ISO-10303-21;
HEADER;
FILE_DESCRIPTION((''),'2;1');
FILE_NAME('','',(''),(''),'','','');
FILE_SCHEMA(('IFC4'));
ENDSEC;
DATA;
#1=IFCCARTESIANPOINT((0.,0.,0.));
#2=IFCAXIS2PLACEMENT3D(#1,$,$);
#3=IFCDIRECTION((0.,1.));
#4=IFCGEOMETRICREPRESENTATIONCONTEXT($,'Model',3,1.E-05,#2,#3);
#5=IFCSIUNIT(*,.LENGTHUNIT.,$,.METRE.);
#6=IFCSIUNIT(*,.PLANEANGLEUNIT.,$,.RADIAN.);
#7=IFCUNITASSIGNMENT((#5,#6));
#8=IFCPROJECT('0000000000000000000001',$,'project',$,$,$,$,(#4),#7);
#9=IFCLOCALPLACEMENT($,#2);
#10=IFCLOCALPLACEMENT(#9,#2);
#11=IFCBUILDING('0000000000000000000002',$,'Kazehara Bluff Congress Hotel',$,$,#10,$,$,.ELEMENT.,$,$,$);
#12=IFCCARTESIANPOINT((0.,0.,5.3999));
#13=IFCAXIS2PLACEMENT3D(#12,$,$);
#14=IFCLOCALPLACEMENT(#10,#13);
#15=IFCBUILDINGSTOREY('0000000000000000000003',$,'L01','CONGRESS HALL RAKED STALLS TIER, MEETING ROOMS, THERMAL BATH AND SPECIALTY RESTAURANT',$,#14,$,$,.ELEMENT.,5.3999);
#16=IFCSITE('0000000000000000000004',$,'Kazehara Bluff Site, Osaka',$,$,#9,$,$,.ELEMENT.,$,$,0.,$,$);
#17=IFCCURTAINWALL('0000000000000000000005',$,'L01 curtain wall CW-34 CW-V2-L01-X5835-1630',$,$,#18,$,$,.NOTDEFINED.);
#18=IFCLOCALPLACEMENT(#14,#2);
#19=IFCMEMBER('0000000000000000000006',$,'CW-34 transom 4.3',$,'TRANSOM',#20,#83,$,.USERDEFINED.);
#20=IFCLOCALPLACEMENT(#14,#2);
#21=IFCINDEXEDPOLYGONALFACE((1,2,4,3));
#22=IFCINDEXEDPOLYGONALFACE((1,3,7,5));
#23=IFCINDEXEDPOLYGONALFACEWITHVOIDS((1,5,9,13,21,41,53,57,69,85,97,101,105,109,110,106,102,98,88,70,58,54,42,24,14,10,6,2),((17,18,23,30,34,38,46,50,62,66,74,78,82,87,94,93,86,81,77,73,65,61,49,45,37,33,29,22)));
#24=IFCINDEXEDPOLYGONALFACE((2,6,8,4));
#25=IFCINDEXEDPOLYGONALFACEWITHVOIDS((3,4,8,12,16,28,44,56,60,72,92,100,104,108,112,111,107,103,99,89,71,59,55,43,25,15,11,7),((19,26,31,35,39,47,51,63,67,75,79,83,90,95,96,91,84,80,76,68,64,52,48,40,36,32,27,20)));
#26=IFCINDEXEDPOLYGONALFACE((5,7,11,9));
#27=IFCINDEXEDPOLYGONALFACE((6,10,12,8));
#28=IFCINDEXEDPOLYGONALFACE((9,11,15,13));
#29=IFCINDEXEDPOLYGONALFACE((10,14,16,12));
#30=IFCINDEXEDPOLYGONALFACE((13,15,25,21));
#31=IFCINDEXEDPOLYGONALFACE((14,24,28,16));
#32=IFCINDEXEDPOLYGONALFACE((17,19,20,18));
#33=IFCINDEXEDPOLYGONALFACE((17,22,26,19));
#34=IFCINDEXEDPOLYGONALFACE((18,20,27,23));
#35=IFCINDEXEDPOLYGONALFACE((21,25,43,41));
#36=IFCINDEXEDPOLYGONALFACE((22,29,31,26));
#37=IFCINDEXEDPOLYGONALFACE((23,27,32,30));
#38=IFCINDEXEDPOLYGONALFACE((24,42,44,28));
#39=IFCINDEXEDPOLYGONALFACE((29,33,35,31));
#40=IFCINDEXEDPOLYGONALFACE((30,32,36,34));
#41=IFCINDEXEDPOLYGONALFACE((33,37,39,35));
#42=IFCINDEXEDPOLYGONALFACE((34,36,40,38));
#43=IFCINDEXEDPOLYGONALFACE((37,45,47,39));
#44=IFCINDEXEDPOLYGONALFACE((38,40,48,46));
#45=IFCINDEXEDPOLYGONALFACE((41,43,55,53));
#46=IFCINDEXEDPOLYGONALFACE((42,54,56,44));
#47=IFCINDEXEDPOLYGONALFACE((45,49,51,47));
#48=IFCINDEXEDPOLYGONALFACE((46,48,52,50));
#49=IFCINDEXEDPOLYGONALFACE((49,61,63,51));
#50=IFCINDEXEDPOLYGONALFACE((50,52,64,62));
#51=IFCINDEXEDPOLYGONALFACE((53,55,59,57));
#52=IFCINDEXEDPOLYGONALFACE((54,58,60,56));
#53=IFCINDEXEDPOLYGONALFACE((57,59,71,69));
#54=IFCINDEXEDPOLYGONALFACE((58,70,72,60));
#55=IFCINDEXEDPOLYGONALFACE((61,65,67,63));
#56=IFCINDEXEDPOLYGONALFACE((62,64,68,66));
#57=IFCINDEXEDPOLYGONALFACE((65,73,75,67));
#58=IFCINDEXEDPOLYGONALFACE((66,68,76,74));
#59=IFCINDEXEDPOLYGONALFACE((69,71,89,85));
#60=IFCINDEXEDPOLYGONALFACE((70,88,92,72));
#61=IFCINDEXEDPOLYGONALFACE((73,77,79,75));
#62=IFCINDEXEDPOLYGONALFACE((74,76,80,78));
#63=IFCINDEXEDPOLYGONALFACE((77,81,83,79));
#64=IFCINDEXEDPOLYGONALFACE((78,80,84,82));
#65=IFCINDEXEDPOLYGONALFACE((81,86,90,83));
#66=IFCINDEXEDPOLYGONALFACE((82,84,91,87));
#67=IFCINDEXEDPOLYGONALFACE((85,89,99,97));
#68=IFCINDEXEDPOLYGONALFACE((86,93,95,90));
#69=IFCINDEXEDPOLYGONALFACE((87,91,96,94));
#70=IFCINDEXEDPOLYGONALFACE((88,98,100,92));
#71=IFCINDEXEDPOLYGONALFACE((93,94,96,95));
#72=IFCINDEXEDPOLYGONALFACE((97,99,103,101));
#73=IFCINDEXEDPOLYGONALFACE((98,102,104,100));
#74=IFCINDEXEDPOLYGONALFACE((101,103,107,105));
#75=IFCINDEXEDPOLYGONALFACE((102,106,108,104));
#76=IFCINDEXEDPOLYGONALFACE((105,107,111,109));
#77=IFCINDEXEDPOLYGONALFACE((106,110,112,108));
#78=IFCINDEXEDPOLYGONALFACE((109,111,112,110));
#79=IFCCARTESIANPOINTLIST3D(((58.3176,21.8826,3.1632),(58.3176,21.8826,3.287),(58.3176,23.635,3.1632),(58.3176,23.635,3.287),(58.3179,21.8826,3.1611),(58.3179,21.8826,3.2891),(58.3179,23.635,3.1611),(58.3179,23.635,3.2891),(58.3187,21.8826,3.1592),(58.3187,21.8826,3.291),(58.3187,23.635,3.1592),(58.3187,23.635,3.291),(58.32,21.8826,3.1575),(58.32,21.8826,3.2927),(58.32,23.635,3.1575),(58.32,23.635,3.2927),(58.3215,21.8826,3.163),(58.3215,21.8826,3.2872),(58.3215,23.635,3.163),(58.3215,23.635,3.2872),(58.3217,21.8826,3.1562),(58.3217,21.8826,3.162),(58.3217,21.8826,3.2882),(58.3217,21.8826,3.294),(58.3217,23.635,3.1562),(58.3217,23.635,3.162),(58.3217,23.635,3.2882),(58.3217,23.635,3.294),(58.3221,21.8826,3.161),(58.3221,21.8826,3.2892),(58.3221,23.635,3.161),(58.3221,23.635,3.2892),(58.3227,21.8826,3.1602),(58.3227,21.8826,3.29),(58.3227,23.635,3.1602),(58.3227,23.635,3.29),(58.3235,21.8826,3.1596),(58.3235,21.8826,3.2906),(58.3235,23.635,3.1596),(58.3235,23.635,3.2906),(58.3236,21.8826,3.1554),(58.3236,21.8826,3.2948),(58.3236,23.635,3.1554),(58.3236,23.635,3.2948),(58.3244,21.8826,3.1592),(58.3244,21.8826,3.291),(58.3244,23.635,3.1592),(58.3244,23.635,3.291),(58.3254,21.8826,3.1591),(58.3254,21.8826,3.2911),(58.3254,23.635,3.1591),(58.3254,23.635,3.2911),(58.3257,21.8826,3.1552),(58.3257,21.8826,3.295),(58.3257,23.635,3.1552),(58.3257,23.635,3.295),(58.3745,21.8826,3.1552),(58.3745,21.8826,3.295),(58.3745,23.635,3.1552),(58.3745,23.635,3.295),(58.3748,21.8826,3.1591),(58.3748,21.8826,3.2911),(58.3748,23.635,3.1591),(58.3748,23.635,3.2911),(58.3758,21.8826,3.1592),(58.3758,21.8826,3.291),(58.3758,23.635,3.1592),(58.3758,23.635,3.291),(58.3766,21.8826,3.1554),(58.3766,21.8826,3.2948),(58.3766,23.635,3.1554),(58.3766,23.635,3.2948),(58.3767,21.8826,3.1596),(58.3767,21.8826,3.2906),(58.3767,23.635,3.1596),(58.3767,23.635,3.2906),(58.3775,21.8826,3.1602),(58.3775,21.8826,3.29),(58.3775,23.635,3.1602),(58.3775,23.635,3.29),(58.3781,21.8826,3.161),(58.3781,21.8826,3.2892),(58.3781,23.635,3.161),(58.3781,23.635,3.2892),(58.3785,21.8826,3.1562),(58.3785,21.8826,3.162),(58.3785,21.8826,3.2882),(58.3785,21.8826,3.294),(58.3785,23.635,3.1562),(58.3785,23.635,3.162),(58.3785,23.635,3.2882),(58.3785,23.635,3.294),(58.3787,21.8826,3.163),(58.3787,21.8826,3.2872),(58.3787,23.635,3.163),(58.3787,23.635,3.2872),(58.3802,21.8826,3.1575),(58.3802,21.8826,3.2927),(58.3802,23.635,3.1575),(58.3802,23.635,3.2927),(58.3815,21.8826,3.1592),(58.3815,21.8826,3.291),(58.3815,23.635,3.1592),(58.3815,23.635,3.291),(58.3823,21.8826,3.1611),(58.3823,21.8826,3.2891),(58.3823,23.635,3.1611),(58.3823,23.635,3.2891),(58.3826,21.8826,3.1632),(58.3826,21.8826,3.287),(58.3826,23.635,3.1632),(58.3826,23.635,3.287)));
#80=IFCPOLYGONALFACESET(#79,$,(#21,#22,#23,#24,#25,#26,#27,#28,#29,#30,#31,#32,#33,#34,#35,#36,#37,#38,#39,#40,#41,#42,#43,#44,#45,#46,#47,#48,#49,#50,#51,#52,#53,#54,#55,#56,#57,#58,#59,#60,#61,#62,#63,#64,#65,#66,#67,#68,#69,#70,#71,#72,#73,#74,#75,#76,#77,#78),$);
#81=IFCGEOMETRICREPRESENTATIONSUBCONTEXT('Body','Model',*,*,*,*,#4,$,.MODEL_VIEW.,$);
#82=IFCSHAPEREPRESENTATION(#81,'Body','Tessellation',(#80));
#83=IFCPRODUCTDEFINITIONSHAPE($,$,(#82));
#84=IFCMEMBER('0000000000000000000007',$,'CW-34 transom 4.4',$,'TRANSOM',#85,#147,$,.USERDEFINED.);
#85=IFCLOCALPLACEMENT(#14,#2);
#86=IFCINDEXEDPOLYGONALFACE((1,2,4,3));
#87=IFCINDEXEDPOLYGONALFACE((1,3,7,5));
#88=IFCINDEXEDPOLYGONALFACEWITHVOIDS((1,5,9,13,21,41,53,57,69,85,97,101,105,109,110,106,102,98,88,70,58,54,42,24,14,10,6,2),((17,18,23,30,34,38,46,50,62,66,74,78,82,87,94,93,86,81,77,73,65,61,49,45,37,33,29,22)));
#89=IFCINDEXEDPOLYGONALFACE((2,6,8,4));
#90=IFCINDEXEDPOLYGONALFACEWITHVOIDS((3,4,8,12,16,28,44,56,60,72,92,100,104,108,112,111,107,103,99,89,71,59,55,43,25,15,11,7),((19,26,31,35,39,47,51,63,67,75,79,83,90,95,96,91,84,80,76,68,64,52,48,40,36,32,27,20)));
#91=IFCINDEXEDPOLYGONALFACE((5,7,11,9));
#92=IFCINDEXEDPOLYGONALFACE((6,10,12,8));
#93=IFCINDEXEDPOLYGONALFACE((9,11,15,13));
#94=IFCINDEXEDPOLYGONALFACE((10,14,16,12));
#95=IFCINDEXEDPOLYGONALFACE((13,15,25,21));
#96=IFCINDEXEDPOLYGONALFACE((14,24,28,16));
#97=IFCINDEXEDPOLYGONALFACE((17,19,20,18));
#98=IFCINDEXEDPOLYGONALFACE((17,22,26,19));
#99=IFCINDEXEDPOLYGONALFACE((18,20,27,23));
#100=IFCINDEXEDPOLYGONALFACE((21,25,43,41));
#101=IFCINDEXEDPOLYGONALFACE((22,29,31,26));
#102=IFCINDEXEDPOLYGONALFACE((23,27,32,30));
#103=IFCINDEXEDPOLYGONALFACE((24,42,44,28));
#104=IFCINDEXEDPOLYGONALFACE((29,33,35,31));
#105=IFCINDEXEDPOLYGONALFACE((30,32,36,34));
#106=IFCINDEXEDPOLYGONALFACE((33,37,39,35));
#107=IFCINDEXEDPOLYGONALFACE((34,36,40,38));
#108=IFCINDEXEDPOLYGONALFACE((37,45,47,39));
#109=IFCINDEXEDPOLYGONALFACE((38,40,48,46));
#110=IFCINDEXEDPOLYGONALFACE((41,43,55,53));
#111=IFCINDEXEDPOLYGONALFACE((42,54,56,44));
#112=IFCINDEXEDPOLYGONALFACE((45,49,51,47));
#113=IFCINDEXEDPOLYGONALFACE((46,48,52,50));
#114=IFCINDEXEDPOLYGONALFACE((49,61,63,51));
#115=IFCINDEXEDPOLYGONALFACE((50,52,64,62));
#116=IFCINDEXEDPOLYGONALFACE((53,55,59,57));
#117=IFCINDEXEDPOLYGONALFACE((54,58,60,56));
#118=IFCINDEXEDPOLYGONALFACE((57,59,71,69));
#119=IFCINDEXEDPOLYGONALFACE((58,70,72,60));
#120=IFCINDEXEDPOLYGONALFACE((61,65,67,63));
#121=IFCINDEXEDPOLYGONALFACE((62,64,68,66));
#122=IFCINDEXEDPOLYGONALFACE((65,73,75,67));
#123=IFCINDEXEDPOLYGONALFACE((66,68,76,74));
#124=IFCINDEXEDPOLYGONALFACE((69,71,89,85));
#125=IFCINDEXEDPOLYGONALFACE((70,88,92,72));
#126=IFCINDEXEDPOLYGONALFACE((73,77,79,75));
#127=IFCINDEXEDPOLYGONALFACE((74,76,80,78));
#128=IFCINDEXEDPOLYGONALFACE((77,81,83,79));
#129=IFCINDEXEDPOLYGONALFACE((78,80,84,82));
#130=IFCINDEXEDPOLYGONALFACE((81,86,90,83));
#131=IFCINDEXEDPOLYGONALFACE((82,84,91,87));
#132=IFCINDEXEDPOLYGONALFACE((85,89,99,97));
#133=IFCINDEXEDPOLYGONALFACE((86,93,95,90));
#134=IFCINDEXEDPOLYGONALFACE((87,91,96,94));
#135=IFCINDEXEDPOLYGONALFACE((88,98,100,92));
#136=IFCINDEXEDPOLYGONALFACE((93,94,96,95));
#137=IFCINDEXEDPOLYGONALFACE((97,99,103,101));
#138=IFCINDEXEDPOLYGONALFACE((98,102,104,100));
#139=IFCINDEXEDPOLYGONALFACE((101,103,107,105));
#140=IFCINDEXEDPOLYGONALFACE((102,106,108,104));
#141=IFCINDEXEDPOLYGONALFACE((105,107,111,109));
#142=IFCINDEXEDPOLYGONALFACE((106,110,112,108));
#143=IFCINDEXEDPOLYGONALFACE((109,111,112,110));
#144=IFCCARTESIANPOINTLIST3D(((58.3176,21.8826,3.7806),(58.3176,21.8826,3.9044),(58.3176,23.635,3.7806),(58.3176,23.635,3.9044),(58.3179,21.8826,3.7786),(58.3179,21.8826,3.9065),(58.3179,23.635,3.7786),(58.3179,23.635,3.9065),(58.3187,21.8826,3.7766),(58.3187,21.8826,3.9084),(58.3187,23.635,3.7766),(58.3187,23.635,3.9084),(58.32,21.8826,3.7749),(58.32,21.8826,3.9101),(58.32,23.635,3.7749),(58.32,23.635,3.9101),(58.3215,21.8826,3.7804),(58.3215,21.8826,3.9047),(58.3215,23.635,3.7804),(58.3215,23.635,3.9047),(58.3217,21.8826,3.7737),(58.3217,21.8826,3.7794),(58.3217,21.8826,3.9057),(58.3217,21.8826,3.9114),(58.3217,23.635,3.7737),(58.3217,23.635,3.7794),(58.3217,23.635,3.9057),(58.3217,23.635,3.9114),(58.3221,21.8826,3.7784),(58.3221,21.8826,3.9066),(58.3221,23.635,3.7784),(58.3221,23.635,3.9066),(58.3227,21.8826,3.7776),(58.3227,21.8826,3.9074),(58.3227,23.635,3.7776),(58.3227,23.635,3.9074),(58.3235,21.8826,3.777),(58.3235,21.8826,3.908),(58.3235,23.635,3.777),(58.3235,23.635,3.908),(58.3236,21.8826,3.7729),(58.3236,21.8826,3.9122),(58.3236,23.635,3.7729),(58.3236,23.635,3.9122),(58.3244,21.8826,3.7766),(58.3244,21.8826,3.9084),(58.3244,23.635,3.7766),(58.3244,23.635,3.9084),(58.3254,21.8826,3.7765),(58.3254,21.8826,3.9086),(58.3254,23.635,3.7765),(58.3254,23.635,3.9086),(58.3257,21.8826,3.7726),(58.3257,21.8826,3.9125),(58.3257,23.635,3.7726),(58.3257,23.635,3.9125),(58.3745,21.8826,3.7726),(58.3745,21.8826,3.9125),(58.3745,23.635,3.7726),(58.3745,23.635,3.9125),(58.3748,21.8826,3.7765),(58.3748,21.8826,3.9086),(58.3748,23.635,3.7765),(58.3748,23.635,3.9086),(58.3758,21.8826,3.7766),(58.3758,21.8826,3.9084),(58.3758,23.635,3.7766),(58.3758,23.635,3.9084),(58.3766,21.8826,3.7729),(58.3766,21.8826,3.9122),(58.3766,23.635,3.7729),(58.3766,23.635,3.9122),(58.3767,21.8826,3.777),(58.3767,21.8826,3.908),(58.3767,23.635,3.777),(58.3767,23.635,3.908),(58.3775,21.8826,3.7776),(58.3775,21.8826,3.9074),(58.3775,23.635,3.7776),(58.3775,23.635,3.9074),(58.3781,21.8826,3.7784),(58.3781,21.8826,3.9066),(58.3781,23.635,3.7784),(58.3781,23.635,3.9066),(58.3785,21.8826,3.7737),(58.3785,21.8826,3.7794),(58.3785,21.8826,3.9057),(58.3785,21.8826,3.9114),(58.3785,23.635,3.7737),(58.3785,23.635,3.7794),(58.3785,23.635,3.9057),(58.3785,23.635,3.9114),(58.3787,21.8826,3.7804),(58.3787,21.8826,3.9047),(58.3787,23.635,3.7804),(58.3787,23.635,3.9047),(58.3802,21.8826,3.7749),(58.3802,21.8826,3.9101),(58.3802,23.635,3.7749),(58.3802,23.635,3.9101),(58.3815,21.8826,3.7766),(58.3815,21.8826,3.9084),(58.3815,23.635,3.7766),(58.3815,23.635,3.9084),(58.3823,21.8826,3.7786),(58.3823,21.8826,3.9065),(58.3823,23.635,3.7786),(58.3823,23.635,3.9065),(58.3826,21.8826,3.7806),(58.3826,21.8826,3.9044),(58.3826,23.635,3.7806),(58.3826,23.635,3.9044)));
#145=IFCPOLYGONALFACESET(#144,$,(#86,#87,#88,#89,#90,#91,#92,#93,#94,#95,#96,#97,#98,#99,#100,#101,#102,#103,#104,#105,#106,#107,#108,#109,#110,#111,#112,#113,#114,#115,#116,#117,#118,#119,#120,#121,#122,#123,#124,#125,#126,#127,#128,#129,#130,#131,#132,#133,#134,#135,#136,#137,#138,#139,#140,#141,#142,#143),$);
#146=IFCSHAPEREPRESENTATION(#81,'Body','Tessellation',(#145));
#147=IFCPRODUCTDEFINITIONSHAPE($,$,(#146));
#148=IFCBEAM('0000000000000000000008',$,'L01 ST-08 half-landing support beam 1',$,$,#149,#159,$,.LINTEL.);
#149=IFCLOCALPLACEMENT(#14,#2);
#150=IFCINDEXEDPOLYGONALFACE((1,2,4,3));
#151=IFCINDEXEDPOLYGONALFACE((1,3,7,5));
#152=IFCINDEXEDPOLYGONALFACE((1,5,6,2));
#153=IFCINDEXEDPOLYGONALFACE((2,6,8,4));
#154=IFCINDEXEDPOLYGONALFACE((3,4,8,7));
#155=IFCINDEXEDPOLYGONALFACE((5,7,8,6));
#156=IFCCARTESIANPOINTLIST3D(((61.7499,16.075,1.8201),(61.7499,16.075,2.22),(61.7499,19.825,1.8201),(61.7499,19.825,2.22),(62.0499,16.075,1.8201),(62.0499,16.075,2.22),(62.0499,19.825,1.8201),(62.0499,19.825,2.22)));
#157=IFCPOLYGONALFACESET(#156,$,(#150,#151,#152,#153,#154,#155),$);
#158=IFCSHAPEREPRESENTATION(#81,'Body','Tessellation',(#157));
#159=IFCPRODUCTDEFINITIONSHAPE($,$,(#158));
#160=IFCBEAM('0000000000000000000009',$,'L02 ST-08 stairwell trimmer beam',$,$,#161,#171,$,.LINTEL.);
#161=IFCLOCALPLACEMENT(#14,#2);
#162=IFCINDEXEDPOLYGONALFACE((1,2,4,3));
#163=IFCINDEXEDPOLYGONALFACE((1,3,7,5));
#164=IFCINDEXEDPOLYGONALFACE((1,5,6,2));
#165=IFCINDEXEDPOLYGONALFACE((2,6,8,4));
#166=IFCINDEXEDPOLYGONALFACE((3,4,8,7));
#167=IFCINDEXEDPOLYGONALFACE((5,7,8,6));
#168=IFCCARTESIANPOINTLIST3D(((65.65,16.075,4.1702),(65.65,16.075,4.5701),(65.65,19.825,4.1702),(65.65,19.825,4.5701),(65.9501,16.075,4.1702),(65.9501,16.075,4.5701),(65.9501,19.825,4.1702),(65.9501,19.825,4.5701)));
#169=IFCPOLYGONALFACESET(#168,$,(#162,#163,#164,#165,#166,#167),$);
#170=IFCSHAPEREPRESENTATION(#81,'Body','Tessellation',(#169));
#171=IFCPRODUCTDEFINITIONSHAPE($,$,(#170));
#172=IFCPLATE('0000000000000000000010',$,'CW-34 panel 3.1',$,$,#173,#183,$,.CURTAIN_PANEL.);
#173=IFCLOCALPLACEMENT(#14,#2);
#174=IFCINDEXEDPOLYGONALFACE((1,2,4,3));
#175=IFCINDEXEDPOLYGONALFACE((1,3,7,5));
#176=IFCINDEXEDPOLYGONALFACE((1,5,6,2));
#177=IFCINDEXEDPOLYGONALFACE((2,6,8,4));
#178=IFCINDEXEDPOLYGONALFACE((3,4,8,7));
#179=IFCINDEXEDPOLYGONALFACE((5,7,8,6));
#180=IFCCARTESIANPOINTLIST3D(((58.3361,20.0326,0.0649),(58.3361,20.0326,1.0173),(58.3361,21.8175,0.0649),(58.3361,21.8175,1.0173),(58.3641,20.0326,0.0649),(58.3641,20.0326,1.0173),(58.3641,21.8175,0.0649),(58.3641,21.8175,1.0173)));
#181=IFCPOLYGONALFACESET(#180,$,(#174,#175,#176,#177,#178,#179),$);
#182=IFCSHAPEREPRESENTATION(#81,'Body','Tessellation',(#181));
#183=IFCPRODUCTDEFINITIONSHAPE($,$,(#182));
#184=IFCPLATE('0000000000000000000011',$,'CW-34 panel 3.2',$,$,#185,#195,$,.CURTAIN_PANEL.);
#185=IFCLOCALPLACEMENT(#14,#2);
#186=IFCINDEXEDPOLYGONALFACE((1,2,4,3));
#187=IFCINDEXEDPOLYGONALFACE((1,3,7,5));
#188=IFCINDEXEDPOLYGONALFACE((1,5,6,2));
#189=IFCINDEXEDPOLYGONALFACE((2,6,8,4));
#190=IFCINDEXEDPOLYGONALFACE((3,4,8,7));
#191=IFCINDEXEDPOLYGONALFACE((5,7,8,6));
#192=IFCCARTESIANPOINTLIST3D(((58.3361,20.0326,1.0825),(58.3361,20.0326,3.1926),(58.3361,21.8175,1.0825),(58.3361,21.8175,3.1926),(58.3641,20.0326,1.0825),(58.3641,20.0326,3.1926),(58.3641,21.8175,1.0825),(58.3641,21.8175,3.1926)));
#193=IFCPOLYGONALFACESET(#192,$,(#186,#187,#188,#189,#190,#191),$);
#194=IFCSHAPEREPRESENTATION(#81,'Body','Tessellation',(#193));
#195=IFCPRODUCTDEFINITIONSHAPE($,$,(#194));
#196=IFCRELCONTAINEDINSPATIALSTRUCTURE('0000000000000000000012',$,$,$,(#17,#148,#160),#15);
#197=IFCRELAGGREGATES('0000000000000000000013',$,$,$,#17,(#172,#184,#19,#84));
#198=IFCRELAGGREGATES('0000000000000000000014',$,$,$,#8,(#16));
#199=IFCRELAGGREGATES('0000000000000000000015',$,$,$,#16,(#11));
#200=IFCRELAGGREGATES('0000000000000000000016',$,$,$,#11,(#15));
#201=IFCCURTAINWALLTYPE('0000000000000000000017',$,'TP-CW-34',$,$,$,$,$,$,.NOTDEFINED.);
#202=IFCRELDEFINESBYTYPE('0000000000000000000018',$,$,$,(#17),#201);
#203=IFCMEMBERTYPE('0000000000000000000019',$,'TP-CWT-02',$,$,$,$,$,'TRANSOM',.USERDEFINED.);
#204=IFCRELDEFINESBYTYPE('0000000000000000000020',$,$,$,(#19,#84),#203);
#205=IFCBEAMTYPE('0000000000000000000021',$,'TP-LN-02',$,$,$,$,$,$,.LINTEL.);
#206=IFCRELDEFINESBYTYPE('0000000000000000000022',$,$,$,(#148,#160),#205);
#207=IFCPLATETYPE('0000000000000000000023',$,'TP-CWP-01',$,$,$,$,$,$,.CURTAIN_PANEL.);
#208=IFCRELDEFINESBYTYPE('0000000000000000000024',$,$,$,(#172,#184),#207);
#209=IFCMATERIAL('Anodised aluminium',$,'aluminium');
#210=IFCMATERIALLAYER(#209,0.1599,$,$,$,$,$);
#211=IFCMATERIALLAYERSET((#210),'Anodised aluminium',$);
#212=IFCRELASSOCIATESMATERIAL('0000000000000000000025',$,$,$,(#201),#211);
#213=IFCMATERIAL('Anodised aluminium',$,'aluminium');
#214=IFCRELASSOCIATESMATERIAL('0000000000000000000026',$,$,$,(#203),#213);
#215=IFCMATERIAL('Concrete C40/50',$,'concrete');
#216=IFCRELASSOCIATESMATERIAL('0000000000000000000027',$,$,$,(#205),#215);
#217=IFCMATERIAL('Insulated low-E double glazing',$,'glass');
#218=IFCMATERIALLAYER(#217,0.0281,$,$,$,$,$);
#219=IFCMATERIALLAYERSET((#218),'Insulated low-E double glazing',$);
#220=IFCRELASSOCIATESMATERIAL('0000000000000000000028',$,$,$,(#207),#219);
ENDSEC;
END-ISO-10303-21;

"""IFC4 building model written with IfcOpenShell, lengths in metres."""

from ifc_helpers import new_model, si_unit, direction, frame, origin, origin_2d, place, context, subcontext, project, spatial, rectangle, hollow_rectangle, extrude, material, layer, layer_set, material_profile, profile_set, type_object, element, aggregate, save


model = new_model("IFC4")

# Units and contexts
model_context = context("Model", 3, precision=1e-05, world=origin(), true_north=direction((0.0, 1.0)))
body_context = subcontext(model_context, "Body", "Model", "MODEL_VIEW")
ifc_project = project(units=[si_unit("LENGTHUNIT", "METRE"), si_unit("PLANEANGLEUNIT", "RADIAN")], contexts=[model_context])

# Site, building, storey
site_placement = place(None, origin())
site = spatial("IfcSite", under=ifc_project, at=site_placement, Name="Kazehara Bluff Site, Osaka", CompositionType="ELEMENT", RefElevation=0.0)
building_placement = place(site_placement, origin())
building = spatial("IfcBuilding", under=site, at=building_placement, Name="Kazehara Bluff Congress Hotel", CompositionType="ELEMENT")
storey_placement = place(building_placement, frame((0.0, 0.0, 5.3999)))
storey = spatial("IfcBuildingStorey", under=building, at=storey_placement, Name="L01", Description="CONGRESS HALL RAKED STALLS TIER, MEETING ROOMS, THERMAL BATH AND SPECIALTY RESTAURANT", CompositionType="ELEMENT", Elevation=5.3999)

# Curtain wall, members
ifc_material_1 = material(Name="Anodised aluminium", Category="aluminium")
ifc_layer_1 = layer(ifc_material_1, 0.1599)
ifc_layer_set_1 = layer_set([ifc_layer_1], Name="Anodised aluminium")
curtain_wall_type = type_object("IfcCurtainWallType", Name="TP-CW-34", PredefinedType="NOTDEFINED", material=ifc_layer_set_1)
curtain_wall_placement = place(storey_placement, origin())
curtain_wall = element("IfcCurtainWall", 1, at=curtain_wall_placement, inside=storey, type_object=curtain_wall_type, Name="L01 curtain wall CW-34 CW-V2-L01-X5835-1630", PredefinedType="NOTDEFINED")
ifc_material_2 = material(Name="Anodised aluminium", Category="aluminium")
ifc_material_profile_1 = material_profile(ifc_material_2, hollow_rectangle(XDim=0.0649, YDim=0.1399, WallThickness=0.0039, InnerFilletRadius=0.0039, OuterFilletRadius=0.0081, at=origin_2d()))
ifc_profile_set_1 = profile_set([ifc_material_profile_1], Name="Anodised aluminium")
member_type_1 = type_object("IfcMemberType", Name="TP-CWT-02", ElementType="TRANSOM", PredefinedType="USERDEFINED", material=ifc_profile_set_1)
member_1_placement = place(storey_placement, frame((58.3501, 21.8826, 3.2251), z_axis=(0.0, 1.0, 0.0), x_axis=(-1.0, 0.0, 0.0)))
member_1 = element("IfcMember", 2, at=member_1_placement, type_object=member_type_1, Name="CW-34 transom 4.3", ObjectType="TRANSOM", PredefinedType="USERDEFINED", context=body_context, shape_type="SweptSolid", body=[
    extrude(hollow_rectangle(XDim=0.0649, YDim=0.1399, WallThickness=0.0039, InnerFilletRadius=0.0039, OuterFilletRadius=0.0081, at=origin_2d()), origin(), (0.0, 0.0, 1.0), 1.7524),
])
member_2_placement = place(storey_placement, frame((58.3501, 21.8826, 3.8425), z_axis=(0.0, 1.0, 0.0), x_axis=(-1.0, 0.0, 0.0)))
member_2 = element("IfcMember", 3, at=member_2_placement, type_object=member_type_1, Name="CW-34 transom 4.4", ObjectType="TRANSOM", PredefinedType="USERDEFINED", context=body_context, shape_type="SweptSolid", body=[
    extrude(hollow_rectangle(XDim=0.0649, YDim=0.1399, WallThickness=0.0039, InnerFilletRadius=0.0039, OuterFilletRadius=0.0081, at=origin_2d()), origin(), (0.0, 0.0, 1.0), 1.7524),
])

# Beams
ifc_material_3 = material(Name="Concrete C40/50", Category="concrete")
ifc_material_profile_2 = material_profile(ifc_material_3, rectangle(XDim=0.3, YDim=0.3999, at=origin_2d()))
ifc_profile_set_2 = profile_set([ifc_material_profile_2], Name="Concrete C40/50")
beam_type = type_object("IfcBeamType", Name="TP-LN-02", PredefinedType="LINTEL", material=ifc_profile_set_2)
for number, where, z_axis, x_axis, name in (
    (4, (61.8999, 19.825, 2.02), (0.0, -1.0, 0.0), (1.0, 0.0, 0.0), "L01 ST-08 half-landing support beam 1"),
    (5, (65.8, 19.825, 4.3701), (0.0, -1.0, 0.0), (1.0, 0.0, 0.0), "L02 ST-08 stairwell trimmer beam"),
):
    element("IfcBeam", number, at=place(storey_placement, frame(where, z_axis=z_axis, x_axis=x_axis)), inside=storey, type_object=beam_type, Name=name, PredefinedType="LINTEL", context=body_context, shape_type="SweptSolid", body=[
        extrude(rectangle(XDim=0.3, YDim=0.3999, at=origin_2d()), origin(), (0.0, 0.0, 1.0), 3.75),
    ])

# Plates
ifc_material_4 = material(Name="Insulated low-E double glazing", Category="glass")
ifc_layer_2 = layer(ifc_material_4, 0.0281)
ifc_layer_set_2 = layer_set([ifc_layer_2], Name="Insulated low-E double glazing")
plate_type = type_object("IfcPlateType", Name="TP-CWP-01", PredefinedType="CURTAIN_PANEL", material=ifc_layer_set_2)
plate_1_placement = place(storey_placement, frame((58.3501, 20.925, 0.0649), z_axis=(0.0, 0.0, 1.0), x_axis=(0.0, 1.0, 0.0)))
plate_1 = element("IfcPlate", 6, at=plate_1_placement, type_object=plate_type, Name="CW-34 panel 3.1", PredefinedType="CURTAIN_PANEL", context=body_context, shape_type="SweptSolid", body=[
    extrude(rectangle(XDim=1.7849, YDim=0.0281, at=origin_2d()), origin(), (0.0, 0.0, 1.0), 0.9524),
])
plate_2_placement = place(storey_placement, frame((58.3501, 20.925, 1.0825), z_axis=(0.0, 0.0, 1.0), x_axis=(0.0, 1.0, 0.0)))
plate_2 = element("IfcPlate", 7, at=plate_2_placement, type_object=plate_type, Name="CW-34 panel 3.2", PredefinedType="CURTAIN_PANEL", context=body_context, shape_type="SweptSolid", body=[
    extrude(rectangle(XDim=1.7849, YDim=0.0281, at=origin_2d()), origin(), (0.0, 0.0, 1.0), 2.1101),
])
aggregate(curtain_wall, [plate_1, plate_2, member_1, member_2])

save(model, "model.ifc")
